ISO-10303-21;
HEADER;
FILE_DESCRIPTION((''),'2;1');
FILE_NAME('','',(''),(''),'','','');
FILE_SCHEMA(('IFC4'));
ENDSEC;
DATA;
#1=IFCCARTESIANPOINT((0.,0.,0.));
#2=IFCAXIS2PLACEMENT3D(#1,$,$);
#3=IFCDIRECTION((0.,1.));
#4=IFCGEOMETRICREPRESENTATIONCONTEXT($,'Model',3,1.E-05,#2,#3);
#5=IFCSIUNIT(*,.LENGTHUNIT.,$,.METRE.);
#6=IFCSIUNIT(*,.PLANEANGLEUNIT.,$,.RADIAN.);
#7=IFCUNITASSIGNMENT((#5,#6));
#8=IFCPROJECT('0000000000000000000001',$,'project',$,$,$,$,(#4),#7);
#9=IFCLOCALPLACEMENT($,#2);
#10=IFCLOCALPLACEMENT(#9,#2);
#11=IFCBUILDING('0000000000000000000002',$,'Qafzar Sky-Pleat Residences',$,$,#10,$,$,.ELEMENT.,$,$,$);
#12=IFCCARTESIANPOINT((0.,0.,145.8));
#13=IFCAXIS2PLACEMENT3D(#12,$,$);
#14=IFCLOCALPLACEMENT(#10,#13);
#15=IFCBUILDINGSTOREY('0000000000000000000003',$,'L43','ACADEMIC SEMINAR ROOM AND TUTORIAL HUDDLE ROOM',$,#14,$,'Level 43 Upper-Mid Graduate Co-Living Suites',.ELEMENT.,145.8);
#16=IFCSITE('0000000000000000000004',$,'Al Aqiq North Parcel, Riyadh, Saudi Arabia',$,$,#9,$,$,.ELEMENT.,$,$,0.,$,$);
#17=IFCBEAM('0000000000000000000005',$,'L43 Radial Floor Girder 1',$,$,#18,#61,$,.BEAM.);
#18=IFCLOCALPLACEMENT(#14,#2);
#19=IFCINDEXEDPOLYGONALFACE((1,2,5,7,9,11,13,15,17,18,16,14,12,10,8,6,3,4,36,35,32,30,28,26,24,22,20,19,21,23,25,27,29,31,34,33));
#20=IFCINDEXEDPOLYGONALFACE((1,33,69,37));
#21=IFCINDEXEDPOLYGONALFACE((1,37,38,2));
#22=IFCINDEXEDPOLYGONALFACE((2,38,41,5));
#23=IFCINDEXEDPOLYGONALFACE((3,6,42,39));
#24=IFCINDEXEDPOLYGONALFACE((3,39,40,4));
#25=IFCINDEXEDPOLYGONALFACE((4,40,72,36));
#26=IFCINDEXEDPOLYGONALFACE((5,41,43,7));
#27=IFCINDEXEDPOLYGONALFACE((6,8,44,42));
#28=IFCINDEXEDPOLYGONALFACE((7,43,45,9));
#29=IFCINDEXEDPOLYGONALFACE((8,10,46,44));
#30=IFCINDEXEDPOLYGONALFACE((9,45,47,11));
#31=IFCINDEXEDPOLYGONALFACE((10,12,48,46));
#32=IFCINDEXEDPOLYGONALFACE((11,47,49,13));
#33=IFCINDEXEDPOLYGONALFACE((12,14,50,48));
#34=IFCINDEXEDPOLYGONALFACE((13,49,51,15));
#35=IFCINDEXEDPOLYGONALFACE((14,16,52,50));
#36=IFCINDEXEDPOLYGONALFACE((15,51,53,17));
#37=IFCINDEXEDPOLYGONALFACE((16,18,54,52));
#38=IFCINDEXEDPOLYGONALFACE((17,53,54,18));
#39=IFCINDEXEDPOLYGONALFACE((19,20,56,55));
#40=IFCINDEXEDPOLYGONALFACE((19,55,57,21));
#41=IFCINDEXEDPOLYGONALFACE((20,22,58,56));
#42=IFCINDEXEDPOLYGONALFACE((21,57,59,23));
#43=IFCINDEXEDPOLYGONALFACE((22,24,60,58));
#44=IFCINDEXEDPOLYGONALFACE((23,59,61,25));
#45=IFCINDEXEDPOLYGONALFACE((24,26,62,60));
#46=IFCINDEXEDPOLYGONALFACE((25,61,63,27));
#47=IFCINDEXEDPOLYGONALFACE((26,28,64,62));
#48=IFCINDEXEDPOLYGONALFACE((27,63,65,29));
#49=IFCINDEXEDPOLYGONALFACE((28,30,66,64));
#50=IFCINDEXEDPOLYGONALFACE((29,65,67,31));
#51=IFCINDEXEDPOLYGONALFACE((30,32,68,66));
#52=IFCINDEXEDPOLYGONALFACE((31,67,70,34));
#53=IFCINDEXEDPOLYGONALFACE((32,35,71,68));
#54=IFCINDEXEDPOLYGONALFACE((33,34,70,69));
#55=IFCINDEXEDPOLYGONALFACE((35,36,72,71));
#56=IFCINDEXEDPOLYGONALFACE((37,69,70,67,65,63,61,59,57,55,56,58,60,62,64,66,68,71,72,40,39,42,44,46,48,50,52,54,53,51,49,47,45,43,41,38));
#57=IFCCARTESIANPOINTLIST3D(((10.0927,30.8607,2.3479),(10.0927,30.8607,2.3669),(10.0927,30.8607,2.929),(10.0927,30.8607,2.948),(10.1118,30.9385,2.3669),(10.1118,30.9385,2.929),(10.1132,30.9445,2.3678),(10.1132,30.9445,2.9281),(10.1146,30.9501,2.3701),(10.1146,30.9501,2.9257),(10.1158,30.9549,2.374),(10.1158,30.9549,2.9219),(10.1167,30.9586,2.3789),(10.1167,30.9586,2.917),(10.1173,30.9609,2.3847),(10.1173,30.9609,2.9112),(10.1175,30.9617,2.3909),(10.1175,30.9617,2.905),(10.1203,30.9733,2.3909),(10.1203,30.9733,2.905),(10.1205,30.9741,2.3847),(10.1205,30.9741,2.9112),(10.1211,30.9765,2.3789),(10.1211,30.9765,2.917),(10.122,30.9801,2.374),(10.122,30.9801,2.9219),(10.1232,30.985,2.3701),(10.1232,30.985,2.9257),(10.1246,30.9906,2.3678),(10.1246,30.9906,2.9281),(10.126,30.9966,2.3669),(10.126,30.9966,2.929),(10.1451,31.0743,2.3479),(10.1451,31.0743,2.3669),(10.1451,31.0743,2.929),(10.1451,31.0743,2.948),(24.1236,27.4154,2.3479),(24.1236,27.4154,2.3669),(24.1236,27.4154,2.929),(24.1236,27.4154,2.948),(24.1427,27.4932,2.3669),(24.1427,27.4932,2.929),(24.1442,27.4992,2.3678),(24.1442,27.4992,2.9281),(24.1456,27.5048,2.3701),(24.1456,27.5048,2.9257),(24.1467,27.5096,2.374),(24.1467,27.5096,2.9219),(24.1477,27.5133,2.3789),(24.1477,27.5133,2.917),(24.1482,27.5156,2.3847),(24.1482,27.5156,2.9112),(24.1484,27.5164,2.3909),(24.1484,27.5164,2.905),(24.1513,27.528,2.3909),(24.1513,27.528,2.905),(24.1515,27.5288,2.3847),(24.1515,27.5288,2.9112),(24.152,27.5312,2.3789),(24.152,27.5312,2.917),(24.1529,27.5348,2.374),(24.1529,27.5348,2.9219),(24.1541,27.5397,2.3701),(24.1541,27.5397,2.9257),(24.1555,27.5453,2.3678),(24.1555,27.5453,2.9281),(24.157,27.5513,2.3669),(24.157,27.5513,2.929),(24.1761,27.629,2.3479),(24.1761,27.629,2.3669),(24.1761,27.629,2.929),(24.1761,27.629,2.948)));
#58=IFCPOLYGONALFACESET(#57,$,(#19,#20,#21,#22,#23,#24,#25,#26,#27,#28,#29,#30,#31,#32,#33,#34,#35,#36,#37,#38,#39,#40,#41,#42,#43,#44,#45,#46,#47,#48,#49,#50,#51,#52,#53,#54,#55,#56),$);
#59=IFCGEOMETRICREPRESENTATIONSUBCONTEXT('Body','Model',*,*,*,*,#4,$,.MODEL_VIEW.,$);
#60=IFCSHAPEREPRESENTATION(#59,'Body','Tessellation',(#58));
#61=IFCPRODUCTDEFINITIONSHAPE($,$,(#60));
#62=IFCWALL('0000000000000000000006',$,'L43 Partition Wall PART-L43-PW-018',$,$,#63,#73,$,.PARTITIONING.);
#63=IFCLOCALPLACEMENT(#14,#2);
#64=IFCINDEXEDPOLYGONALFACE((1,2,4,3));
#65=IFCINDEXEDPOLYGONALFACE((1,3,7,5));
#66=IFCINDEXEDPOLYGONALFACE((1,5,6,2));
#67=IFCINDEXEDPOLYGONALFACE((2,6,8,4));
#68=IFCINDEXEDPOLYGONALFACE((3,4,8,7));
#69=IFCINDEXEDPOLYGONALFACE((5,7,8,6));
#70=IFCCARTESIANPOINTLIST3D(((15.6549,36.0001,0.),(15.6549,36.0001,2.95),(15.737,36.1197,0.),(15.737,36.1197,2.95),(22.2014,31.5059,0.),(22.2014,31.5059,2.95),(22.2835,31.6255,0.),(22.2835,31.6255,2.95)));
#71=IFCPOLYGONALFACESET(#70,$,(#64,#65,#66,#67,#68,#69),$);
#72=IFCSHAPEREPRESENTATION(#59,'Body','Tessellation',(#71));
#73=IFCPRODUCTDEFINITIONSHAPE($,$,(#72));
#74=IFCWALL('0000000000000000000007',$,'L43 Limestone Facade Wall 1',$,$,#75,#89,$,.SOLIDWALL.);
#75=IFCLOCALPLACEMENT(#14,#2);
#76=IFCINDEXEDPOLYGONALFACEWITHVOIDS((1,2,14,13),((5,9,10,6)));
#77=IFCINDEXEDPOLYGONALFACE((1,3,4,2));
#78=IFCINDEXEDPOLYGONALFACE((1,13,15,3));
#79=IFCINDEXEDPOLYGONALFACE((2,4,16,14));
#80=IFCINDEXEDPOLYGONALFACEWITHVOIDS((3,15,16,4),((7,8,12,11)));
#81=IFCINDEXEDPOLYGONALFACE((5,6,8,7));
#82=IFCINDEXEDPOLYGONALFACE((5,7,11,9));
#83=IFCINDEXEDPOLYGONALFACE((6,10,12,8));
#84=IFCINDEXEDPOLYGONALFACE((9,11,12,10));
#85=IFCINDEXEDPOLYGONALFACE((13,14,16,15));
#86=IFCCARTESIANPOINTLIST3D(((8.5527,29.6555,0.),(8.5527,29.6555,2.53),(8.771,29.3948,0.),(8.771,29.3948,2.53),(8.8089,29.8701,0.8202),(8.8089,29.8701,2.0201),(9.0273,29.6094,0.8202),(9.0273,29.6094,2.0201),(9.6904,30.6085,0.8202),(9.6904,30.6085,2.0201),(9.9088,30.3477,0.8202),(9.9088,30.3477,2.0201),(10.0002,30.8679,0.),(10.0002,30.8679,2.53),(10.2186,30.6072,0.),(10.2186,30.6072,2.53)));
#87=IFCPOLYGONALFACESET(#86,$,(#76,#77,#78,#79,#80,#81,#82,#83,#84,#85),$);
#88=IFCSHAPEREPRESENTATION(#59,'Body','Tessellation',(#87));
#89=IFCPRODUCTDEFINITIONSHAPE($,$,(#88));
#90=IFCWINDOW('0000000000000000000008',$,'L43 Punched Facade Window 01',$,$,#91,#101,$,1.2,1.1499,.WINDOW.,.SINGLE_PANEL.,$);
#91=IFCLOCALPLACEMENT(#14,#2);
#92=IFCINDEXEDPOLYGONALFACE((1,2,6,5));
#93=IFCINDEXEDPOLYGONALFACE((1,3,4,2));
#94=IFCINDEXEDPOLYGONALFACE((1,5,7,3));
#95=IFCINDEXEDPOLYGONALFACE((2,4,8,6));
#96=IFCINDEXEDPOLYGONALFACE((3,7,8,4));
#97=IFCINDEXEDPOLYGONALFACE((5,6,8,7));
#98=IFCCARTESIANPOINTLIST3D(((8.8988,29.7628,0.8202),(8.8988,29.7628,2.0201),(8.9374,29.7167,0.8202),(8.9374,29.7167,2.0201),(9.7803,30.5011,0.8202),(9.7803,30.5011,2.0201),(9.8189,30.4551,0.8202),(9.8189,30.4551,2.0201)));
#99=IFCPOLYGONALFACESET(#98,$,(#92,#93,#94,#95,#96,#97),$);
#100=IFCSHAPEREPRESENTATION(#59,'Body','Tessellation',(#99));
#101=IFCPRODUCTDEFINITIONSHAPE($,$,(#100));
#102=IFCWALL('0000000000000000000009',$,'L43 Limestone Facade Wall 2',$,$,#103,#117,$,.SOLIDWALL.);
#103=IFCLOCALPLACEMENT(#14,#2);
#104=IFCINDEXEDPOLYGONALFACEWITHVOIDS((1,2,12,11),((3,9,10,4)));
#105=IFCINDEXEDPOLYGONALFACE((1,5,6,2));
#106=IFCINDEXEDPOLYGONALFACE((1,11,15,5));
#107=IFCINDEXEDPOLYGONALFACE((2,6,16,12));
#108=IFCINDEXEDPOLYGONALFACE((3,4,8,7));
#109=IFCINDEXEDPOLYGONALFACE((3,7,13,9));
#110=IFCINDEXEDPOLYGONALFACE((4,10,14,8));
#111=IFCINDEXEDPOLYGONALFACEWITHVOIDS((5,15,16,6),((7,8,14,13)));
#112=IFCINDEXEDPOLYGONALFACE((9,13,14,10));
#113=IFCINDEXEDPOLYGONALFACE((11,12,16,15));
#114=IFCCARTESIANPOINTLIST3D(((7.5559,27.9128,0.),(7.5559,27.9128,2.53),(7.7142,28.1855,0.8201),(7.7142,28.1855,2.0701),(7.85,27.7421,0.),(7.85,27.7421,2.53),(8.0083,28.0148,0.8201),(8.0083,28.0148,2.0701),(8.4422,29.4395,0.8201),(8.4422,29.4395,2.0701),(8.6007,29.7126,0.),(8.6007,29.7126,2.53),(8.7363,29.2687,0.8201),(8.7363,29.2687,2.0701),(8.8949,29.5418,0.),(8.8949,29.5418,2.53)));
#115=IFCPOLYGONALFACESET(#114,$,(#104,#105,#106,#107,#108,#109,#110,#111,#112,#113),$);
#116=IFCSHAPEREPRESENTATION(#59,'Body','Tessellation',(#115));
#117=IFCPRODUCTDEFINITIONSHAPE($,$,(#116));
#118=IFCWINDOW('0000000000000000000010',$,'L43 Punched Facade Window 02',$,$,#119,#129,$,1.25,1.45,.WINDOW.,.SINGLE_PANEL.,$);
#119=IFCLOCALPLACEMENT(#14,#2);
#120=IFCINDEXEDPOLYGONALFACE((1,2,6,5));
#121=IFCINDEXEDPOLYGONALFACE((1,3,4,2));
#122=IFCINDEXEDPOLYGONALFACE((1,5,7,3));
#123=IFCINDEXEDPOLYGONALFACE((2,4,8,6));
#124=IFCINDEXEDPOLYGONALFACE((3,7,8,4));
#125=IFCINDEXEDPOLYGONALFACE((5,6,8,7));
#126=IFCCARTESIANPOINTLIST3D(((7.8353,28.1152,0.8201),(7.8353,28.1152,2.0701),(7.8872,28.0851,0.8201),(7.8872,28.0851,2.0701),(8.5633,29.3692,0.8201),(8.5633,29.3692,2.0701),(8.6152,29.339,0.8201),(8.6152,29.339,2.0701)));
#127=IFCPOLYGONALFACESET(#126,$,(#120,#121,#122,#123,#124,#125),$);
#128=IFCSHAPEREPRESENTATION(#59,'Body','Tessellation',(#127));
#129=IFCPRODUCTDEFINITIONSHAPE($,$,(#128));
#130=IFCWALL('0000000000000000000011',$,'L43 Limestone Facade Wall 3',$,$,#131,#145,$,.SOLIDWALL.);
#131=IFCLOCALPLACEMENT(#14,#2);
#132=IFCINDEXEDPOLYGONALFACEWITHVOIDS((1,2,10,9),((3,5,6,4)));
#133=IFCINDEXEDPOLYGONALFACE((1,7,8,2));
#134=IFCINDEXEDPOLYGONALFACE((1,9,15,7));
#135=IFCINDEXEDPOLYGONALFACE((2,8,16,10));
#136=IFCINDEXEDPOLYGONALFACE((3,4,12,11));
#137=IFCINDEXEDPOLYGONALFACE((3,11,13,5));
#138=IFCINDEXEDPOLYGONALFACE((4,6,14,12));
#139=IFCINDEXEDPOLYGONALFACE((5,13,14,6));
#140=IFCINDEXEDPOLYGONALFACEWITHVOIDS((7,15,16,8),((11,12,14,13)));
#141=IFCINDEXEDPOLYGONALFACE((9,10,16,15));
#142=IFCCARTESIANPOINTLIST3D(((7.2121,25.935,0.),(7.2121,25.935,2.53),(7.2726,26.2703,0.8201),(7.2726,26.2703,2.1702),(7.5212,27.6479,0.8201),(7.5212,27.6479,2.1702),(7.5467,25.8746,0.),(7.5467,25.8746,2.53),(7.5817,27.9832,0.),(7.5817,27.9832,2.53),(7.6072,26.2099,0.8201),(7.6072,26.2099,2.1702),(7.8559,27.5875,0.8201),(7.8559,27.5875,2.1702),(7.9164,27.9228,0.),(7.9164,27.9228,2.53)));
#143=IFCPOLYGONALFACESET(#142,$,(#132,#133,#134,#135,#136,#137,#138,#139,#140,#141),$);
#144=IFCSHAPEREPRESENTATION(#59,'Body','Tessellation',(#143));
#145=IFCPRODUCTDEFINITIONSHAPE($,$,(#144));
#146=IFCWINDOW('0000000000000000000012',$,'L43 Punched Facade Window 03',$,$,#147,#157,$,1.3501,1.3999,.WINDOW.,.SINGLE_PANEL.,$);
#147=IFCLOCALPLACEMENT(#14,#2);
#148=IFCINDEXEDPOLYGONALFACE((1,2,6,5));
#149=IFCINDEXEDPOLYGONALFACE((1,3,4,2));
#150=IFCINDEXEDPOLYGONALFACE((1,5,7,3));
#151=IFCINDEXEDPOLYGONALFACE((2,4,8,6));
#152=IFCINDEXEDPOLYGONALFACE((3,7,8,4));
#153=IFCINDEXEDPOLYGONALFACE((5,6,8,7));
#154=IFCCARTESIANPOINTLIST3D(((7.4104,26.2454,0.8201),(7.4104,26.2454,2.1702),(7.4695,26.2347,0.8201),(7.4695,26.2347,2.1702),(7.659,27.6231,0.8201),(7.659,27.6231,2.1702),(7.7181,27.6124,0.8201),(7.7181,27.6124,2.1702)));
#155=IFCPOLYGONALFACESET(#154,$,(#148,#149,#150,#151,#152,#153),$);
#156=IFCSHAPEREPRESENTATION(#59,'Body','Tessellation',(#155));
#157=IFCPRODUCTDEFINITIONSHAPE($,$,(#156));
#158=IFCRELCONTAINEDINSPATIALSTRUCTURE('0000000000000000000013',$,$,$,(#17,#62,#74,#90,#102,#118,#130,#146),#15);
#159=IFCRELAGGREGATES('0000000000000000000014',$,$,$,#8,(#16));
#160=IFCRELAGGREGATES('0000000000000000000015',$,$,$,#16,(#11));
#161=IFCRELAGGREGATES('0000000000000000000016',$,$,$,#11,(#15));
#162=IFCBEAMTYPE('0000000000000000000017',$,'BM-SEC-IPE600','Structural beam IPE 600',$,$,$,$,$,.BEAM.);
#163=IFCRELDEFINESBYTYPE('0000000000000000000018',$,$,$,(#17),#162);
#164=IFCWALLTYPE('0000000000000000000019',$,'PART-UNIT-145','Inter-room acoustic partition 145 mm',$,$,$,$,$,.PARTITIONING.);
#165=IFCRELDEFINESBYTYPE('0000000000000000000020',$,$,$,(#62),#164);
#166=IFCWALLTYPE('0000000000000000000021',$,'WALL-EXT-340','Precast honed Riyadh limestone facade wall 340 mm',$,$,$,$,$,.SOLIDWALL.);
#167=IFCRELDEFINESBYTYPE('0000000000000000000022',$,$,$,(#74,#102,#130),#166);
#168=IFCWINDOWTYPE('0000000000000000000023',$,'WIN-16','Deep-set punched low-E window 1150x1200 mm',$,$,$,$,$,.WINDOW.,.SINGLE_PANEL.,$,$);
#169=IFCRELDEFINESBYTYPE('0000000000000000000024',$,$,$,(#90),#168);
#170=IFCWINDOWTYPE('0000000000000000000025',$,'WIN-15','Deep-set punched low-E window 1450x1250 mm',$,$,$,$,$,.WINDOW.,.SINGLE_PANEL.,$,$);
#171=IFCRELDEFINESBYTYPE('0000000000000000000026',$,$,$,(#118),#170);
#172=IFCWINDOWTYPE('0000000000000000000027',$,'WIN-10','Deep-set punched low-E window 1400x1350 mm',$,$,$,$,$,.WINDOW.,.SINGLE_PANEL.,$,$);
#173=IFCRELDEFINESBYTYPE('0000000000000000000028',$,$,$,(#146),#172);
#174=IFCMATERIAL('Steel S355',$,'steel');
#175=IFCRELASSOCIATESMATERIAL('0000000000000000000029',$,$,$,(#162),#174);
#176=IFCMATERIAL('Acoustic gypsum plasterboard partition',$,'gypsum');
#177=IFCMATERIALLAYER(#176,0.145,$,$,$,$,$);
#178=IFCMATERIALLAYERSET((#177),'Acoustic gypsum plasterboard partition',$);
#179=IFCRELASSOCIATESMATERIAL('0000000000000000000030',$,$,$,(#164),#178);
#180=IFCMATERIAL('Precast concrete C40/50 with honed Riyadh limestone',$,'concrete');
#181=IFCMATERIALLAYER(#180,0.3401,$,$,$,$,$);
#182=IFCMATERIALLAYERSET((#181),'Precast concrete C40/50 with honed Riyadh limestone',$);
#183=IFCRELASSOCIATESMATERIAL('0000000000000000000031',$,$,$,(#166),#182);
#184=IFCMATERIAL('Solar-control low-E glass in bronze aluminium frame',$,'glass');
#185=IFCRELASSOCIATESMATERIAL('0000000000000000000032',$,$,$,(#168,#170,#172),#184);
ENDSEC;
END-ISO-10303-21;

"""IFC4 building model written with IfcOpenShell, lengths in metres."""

from ifc_helpers import new_model, si_unit, direction, frame, frame_2d, origin, origin_2d, place, context, subcontext, project, spatial, rectangle, i_section, extrude, source, transform, mapped, material, layer, layer_set, material_profile, profile_set, type_object, element, fill, save


model = new_model("IFC4")

# Units and contexts
model_context = context("Model", 3, precision=1e-05, world=origin(), true_north=direction((0.0, 1.0)))
body_context = subcontext(model_context, "Body", "Model", "MODEL_VIEW")
ifc_project = project(units=[si_unit("LENGTHUNIT", "METRE"), si_unit("PLANEANGLEUNIT", "RADIAN")], contexts=[model_context])

# Site, building, storey
site_placement = place(None, origin())
site = spatial("IfcSite", under=ifc_project, at=site_placement, Name="Al Aqiq North Parcel, Riyadh, Saudi Arabia", CompositionType="ELEMENT", RefElevation=0.0)
building_placement = place(site_placement, origin())
building = spatial("IfcBuilding", under=site, at=building_placement, Name="Qafzar Sky-Pleat Residences", CompositionType="ELEMENT")
storey_placement = place(building_placement, frame((0.0, 0.0, 145.8)))
storey = spatial("IfcBuildingStorey", under=building, at=storey_placement, Name="L43", Description="ACADEMIC SEMINAR ROOM AND TUTORIAL HUDDLE ROOM", LongName="Level 43 Upper-Mid Graduate Co-Living Suites", CompositionType="ELEMENT", Elevation=145.8)

# Shared definitions
ifc_material_1 = material(Name="Steel S355", Category="steel")

# Beam
ifc_material_profile_1 = material_profile(ifc_material_1, i_section(OverallWidth=0.22, OverallDepth=0.6001, WebThickness=0.012, FlangeThickness=0.019, FilletRadius=0.0239, at=origin_2d()), Name="IPE 600")
ifc_profile_set_1 = profile_set([ifc_material_profile_1], Name="Steel S355")
beam_type_1 = type_object("IfcBeamType", Name="BM-SEC-IPE600", Description="Structural beam IPE 600", PredefinedType="BEAM", material=ifc_profile_set_1)
shared_shape_1 = source(origin(), body_context, "Body", "SweptSolid", [
    extrude(i_section(OverallWidth=0.22, OverallDepth=0.6001, WebThickness=0.012, FlangeThickness=0.019, FilletRadius=0.0239, at=origin_2d()), origin(), (0.0, 0.0, 1.0), 14.4478),
])
beam_1_placement = place(storey_placement, frame((10.1189, 30.9675, 2.6479), z_axis=(0.971151, -0.238466, 0.0), x_axis=(0.238466, 0.971151, 0.0)))
element("IfcBeam", 1, at=beam_1_placement, inside=storey, type_object=beam_type_1, Name="L43 Radial Floor Girder 1", PredefinedType="BEAM", context=body_context, shape_type="MappedRepresentation", body=[
    mapped(shared_shape_1, transform((0.0, 0.0, 0.0), x_axis=(1.0, 0.0, 0.0), y_axis=(0.0, 1.0, 0.0), z_axis=(0.0, 0.0, 1.0), scale=1.0)),
])

# Wall
ifc_material_2 = material(Name="Acoustic gypsum plasterboard partition", Category="gypsum")
ifc_layer_1 = layer(ifc_material_2, 0.145)
ifc_layer_set_1 = layer_set([ifc_layer_1], Name="Acoustic gypsum plasterboard partition")
wall_type_1 = type_object("IfcWallType", Name="PART-UNIT-145", Description="Inter-room acoustic partition 145 mm", PredefinedType="PARTITIONING", material=ifc_layer_set_1)
wall_1_placement = place(storey_placement, frame((15.696, 36.0598, 0.0), z_axis=(0.0, 0.0, 1.0), x_axis=(0.824424, -0.565973, 0.0)))
element("IfcWall", 2, at=wall_1_placement, inside=storey, type_object=wall_type_1, Name="L43 Partition Wall PART-L43-PW-018", PredefinedType="PARTITIONING", context=body_context, shape_type="SweptSolid", body=[
    extrude(rectangle(XDim=7.9407, YDim=0.145, at=frame_2d((3.9702, 0.0))), origin(), (0.0, 0.0, 1.0), 2.95),
])

# Walls, openings, windows
ifc_material_3 = material(Name="Precast concrete C40/50 with honed Riyadh limestone", Category="concrete")
ifc_layer_2 = layer(ifc_material_3, 0.3401)
ifc_layer_set_2 = layer_set([ifc_layer_2], Name="Precast concrete C40/50 with honed Riyadh limestone")
wall_type_2 = type_object("IfcWallType", Name="WALL-EXT-340", Description="Precast honed Riyadh limestone facade wall 340 mm", PredefinedType="SOLIDWALL", material=ifc_layer_set_2)
wall_2_placement = place(storey_placement, frame((10.1094, 30.7375, 0.0), z_axis=(0.0, 0.0, 1.0), x_axis=(-0.766619, -0.642103, 0.0)))
wall_2 = element("IfcWall", 3, at=wall_2_placement, inside=storey, type_object=wall_type_2, Name="L43 Limestone Facade Wall 1", PredefinedType="SOLIDWALL", context=body_context, shape_type="SweptSolid", body=[
    extrude(rectangle(XDim=1.8882, YDim=0.3401, at=frame_2d((0.9441, 0.0))), origin(), (0.0, 0.0, 1.0), 2.53),
])
opening_1_placement = place(wall_2_placement, frame((0.4041, 0.0, 0.8201)))
opening_1 = element("IfcOpeningElement", 4, at=opening_1_placement, cuts=wall_2, PredefinedType="OPENING", context=body_context, shape_type="SweptSolid", body=[
    extrude(rectangle(XDim=1.1499, YDim=1.2, at=frame_2d((0.575, 0.6001))), frame((0.0, 0.1802, 0.0), z_axis=(0.0, -1.0, 0.0), x_axis=(1.0, 0.0, 0.0)), (0.0, 0.0, 1.0), 0.3601),
])
ifc_material_4 = material(Name="Solar-control low-E glass in bronze aluminium frame", Category="glass")
window_type_1 = type_object("IfcWindowType", Name="WIN-16", Description="Deep-set punched low-E window 1150x1200 mm", PartitioningType="SINGLE_PANEL", PredefinedType="WINDOW", material=ifc_material_4)
shared_shape_2 = source(origin(), body_context, "Body", "SweptSolid", [
    extrude(rectangle(XDim=1.1499, YDim=1.2, at=frame_2d((0.575, 0.6001))), frame((0.0, 0.03, 0.0), z_axis=(0.0, -1.0, 0.0), x_axis=(1.0, 0.0, 0.0)), (0.0, 0.0, 1.0), 0.0601),
])
window_1_placement = place(opening_1_placement, origin())
window_1 = element("IfcWindow", 5, at=window_1_placement, inside=storey, type_object=window_type_1, Name="L43 Punched Facade Window 01", OverallHeight=1.2, OverallWidth=1.1499, PartitioningType="SINGLE_PANEL", PredefinedType="WINDOW", context=body_context, shape_type="MappedRepresentation", body=[
    mapped(shared_shape_2, transform((0.0, 0.0, 0.0), x_axis=(1.0, 0.0, 0.0), y_axis=(0.0, 1.0, 0.0), z_axis=(0.0, 0.0, 1.0), scale=1.0)),
])
fill(opening_1, window_1)
wall_3_placement = place(storey_placement, frame((8.7478, 29.6272, 0.0), z_axis=(0.0, 0.0, 1.0), x_axis=(-0.50209, -0.864815, 0.0)))
wall_3 = element("IfcWall", 6, at=wall_3_placement, inside=storey, type_object=wall_type_2, Name="L43 Limestone Facade Wall 2", PredefinedType="SOLIDWALL", context=body_context, shape_type="SweptSolid", body=[
    extrude(rectangle(XDim=2.0811, YDim=0.3401, at=frame_2d((1.0405, 0.0))), origin(), (0.0, 0.0, 1.0), 2.53),
])
opening_2_placement = place(wall_3_placement, frame((0.3157, 0.0, 0.8201)))
opening_2 = element("IfcOpeningElement", 7, at=opening_2_placement, cuts=wall_3, PredefinedType="OPENING", context=body_context, shape_type="SweptSolid", body=[
    extrude(rectangle(XDim=1.45, YDim=1.25, at=frame_2d((0.7251, 0.625))), frame((0.0, 0.1802, 0.0), z_axis=(0.0, -1.0, 0.0), x_axis=(1.0, 0.0, 0.0)), (0.0, 0.0, 1.0), 0.3601),
])
window_type_2 = type_object("IfcWindowType", Name="WIN-15", Description="Deep-set punched low-E window 1450x1250 mm", PartitioningType="SINGLE_PANEL", PredefinedType="WINDOW", material=ifc_material_4)
shared_shape_3 = source(origin(), body_context, "Body", "SweptSolid", [
    extrude(rectangle(XDim=1.45, YDim=1.25, at=frame_2d((0.7251, 0.625))), frame((0.0, 0.03, 0.0), z_axis=(0.0, -1.0, 0.0), x_axis=(1.0, 0.0, 0.0)), (0.0, 0.0, 1.0), 0.0601),
])
window_2_placement = place(opening_2_placement, origin())
window_2 = element("IfcWindow", 8, at=window_2_placement, inside=storey, type_object=window_type_2, Name="L43 Punched Facade Window 02", OverallHeight=1.25, OverallWidth=1.45, PartitioningType="SINGLE_PANEL", PredefinedType="WINDOW", context=body_context, shape_type="MappedRepresentation", body=[
    mapped(shared_shape_3, transform((0.0, 0.0, 0.0), x_axis=(1.0, 0.0, 0.0), y_axis=(0.0, 1.0, 0.0), z_axis=(0.0, 0.0, 1.0), scale=1.0)),
])
fill(opening_2, window_2)
wall_4_placement = place(storey_placement, frame((7.749, 27.9529, 0.0), z_axis=(0.0, 0.0, 1.0), x_axis=(-0.177605, -0.984102, 0.0)))
wall_4 = element("IfcWall", 9, at=wall_4_placement, inside=storey, type_object=wall_type_2, Name="L43 Limestone Facade Wall 3", PredefinedType="SOLIDWALL", context=body_context, shape_type="SweptSolid", body=[
    extrude(rectangle(XDim=2.0813, YDim=0.3401, at=frame_2d((1.0405, 0.0))), origin(), (0.0, 0.0, 1.0), 2.53),
])
opening_3_placement = place(wall_4_placement, frame((0.3406, 0.0, 0.8201)))
opening_3 = element("IfcOpeningElement", 10, at=opening_3_placement, cuts=wall_4, PredefinedType="OPENING", context=body_context, shape_type="SweptSolid", body=[
    extrude(rectangle(XDim=1.3999, YDim=1.3501, at=frame_2d((0.7, 0.675))), frame((0.0, 0.1802, 0.0), z_axis=(0.0, -1.0, 0.0), x_axis=(1.0, 0.0, 0.0)), (0.0, 0.0, 1.0), 0.3601),
])
window_type_3 = type_object("IfcWindowType", Name="WIN-10", Description="Deep-set punched low-E window 1400x1350 mm", PartitioningType="SINGLE_PANEL", PredefinedType="WINDOW", material=ifc_material_4)
shared_shape_4 = source(origin(), body_context, "Body", "SweptSolid", [
    extrude(rectangle(XDim=1.3999, YDim=1.3501, at=frame_2d((0.7, 0.675))), frame((0.0, 0.03, 0.0), z_axis=(0.0, -1.0, 0.0), x_axis=(1.0, 0.0, 0.0)), (0.0, 0.0, 1.0), 0.0601),
])
window_3_placement = place(opening_3_placement, origin())
window_3 = element("IfcWindow", 11, at=window_3_placement, inside=storey, type_object=window_type_3, Name="L43 Punched Facade Window 03", OverallHeight=1.3501, OverallWidth=1.3999, PartitioningType="SINGLE_PANEL", PredefinedType="WINDOW", context=body_context, shape_type="MappedRepresentation", body=[
    mapped(shared_shape_4, transform((0.0, 0.0, 0.0), x_axis=(1.0, 0.0, 0.0), y_axis=(0.0, 1.0, 0.0), z_axis=(0.0, 0.0, 1.0), scale=1.0)),
])
fill(opening_3, window_3)

save(model, "model.ifc")
